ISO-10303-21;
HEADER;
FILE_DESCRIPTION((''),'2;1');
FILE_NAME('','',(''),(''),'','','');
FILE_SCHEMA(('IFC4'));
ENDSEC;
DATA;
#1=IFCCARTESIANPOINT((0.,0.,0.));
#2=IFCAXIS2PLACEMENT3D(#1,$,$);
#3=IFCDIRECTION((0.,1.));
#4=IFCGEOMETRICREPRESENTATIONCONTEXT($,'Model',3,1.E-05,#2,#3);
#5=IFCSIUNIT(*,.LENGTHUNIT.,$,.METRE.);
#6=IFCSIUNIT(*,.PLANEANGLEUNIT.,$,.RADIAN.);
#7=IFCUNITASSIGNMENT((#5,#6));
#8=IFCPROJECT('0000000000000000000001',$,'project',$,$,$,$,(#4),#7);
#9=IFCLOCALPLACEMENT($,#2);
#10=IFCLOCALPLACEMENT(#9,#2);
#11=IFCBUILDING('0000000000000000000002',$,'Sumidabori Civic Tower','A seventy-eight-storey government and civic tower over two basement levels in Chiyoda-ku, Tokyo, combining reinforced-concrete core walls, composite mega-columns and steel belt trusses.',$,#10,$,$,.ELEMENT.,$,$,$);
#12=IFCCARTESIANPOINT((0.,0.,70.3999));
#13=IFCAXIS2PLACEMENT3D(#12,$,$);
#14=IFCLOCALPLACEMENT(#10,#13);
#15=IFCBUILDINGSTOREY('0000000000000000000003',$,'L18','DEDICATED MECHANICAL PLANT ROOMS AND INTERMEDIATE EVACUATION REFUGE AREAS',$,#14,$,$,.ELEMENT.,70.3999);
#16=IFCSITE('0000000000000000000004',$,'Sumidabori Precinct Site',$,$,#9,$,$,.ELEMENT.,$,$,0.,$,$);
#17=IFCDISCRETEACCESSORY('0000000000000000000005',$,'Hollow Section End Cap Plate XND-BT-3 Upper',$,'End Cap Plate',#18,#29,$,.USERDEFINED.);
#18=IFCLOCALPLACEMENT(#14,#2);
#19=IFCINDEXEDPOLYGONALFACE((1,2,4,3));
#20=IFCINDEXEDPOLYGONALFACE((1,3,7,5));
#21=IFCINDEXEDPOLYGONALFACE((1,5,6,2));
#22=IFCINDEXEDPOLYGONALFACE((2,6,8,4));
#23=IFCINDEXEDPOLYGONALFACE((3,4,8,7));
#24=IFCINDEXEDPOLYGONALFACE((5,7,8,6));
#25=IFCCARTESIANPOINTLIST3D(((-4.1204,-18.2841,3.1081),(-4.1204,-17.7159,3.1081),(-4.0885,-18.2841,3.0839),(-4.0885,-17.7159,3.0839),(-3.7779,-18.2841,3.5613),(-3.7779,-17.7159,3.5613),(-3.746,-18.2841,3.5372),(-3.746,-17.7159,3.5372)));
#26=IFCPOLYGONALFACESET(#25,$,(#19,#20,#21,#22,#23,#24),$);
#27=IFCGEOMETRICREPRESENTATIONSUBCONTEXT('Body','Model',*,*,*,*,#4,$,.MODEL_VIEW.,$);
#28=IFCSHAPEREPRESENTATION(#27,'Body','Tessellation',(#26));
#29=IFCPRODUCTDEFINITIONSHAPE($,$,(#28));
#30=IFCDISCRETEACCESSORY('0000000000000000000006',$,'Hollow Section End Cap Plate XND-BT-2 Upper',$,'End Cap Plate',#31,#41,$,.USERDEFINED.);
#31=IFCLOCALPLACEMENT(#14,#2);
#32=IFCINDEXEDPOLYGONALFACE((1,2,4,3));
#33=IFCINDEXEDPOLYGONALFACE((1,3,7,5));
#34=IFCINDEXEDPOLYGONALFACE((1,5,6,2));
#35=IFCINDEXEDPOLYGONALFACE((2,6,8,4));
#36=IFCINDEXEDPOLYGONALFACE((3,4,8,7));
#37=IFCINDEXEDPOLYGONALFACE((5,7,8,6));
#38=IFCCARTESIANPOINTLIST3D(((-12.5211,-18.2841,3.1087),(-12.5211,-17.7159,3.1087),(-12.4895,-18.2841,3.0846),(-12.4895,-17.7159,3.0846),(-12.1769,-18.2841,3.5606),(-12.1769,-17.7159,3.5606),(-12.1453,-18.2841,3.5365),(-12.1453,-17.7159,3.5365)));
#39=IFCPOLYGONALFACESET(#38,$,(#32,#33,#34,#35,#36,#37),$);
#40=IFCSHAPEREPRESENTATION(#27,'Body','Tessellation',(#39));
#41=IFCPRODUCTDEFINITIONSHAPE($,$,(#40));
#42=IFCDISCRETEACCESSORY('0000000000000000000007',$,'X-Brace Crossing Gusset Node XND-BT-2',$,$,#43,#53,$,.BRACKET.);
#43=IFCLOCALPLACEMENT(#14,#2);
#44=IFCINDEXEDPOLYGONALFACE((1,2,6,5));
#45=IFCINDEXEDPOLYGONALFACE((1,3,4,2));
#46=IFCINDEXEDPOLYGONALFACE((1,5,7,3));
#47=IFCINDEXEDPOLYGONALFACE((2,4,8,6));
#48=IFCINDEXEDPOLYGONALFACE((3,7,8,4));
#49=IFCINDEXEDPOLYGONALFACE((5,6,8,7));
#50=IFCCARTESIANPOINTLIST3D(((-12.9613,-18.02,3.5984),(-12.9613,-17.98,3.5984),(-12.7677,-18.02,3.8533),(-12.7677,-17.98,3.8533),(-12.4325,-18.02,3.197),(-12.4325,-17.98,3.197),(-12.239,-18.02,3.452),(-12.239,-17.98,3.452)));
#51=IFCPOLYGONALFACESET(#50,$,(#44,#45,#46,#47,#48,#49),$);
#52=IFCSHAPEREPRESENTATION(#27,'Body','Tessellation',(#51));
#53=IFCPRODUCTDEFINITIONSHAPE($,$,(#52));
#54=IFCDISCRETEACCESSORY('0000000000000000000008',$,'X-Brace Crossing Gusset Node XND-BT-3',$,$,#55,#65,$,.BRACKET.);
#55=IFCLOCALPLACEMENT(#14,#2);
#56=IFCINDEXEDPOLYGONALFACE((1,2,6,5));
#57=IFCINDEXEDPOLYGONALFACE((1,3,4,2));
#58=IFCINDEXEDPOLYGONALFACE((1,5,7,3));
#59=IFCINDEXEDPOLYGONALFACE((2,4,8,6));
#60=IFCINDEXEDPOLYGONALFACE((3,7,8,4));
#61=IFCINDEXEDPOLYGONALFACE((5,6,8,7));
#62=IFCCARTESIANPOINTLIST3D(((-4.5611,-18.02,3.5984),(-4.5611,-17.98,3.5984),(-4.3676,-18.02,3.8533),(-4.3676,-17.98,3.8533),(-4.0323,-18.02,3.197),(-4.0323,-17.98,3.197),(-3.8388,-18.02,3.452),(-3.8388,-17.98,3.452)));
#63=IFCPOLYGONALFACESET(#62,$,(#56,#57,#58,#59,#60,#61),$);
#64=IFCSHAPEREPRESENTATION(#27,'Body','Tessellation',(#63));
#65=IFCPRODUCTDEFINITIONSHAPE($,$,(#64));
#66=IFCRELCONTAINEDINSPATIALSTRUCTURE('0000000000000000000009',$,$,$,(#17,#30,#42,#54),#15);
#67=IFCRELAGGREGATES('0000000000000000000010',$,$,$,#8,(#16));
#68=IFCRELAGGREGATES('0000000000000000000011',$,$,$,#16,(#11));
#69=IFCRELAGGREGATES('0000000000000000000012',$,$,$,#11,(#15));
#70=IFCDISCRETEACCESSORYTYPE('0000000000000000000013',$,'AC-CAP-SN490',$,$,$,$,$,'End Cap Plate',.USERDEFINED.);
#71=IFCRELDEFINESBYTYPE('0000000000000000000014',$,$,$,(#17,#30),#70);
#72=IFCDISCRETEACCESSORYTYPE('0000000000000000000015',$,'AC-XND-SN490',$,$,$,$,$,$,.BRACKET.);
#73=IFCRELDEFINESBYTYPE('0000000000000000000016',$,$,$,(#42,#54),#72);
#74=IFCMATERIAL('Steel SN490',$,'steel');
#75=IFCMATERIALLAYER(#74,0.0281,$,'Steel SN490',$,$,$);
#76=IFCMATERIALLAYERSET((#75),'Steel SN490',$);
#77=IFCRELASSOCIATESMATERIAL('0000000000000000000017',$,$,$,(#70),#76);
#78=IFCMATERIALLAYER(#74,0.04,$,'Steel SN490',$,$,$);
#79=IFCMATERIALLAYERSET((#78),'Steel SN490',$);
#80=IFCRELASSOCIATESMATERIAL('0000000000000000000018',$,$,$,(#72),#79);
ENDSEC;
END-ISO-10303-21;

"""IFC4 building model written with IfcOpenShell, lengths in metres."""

from ifc_helpers import new_model, si_unit, direction, frame, origin, origin_2d, place, context, subcontext, project, spatial, rectangle, extrude, source, transform, mapped, material, layer, layer_set, type_object, element, save


model = new_model("IFC4")

# Units and contexts
model_context = context("Model", 3, precision=1e-05, world=origin(), true_north=direction((0.0, 1.0)))
body_context = subcontext(model_context, "Body", "Model", "MODEL_VIEW")
ifc_project = project(units=[si_unit("LENGTHUNIT", "METRE"), si_unit("PLANEANGLEUNIT", "RADIAN")], contexts=[model_context])

# Site, building, storey
site_placement = place(None, origin())
site = spatial("IfcSite", under=ifc_project, at=site_placement, Name="Sumidabori Precinct Site", CompositionType="ELEMENT", RefElevation=0.0)
building_placement = place(site_placement, origin())
building = spatial("IfcBuilding", under=site, at=building_placement, Name="Sumidabori Civic Tower", Description="A seventy-eight-storey government and civic tower over two basement levels in Chiyoda-ku, Tokyo, combining reinforced-concrete core walls, composite mega-columns and steel belt trusses.", CompositionType="ELEMENT")
storey_placement = place(building_placement, frame((0.0, 0.0, 70.3999)))
storey = spatial("IfcBuildingStorey", under=building, at=storey_placement, Name="L18", Description="DEDICATED MECHANICAL PLANT ROOMS AND INTERMEDIATE EVACUATION REFUGE AREAS", CompositionType="ELEMENT", Elevation=70.3999)

# Shared definitions
ifc_material_1 = material(Name="Steel SN490", Category="steel")

# Discrete accessories
ifc_layer_1 = layer(ifc_material_1, 0.0281, Name="Steel SN490")
ifc_layer_set_1 = layer_set([ifc_layer_1], Name="Steel SN490")
discrete_accessory_type_1 = type_object("IfcDiscreteAccessoryType", Name="AC-CAP-SN490", ElementType="End Cap Plate", PredefinedType="USERDEFINED", material=ifc_layer_set_1)
shared_shape_1 = source(origin(), body_context, "Body", "SweptSolid", [
    extrude(rectangle(XDim=0.5681, YDim=0.5681, at=origin_2d()), origin(), (0.0, 0.0, 1.0), 0.04),
])
for number, where, z_axis, x_axis, name in (
    (1, (-3.9172, -18.0, 3.3105), (-0.797802, 0.0, 0.602919), (0.0, -1.0, 0.0), "Hollow Section End Cap Plate XND-BT-3 Upper"),
):
    element("IfcDiscreteAccessory", number, at=place(storey_placement, frame(where, z_axis=z_axis, x_axis=x_axis)), inside=storey, type_object=discrete_accessory_type_1, Name=name, ObjectType="End Cap Plate", PredefinedType="USERDEFINED", context=body_context, shape_type="MappedRepresentation", body=[
        mapped(shared_shape_1, transform((0.0, 0.0, 0.0), x_axis=(1.0, 0.0, 0.0), y_axis=(0.0, 1.0, 0.0), z_axis=(0.0, 0.0, 1.0), scale=1.0)),
    ])
shared_shape_2 = source(origin(), body_context, "Body", "SweptSolid", [
    extrude(rectangle(XDim=0.5681, YDim=0.5681, at=origin_2d()), origin(), (0.0, 0.0, 1.0), 0.0398),
])
discrete_accessory_placement = place(storey_placement, frame((-12.3174, -18.0, 3.3105), z_axis=(-0.795572, 0.0, 0.605859), x_axis=(0.0, -1.0, 0.0)))
element("IfcDiscreteAccessory", 2, at=discrete_accessory_placement, inside=storey, type_object=discrete_accessory_type_1, Name="Hollow Section End Cap Plate XND-BT-2 Upper", ObjectType="End Cap Plate", PredefinedType="USERDEFINED", context=body_context, shape_type="MappedRepresentation", body=[
    mapped(shared_shape_2, transform((0.0, 0.0, 0.0), x_axis=(1.0, 0.0, 0.0), y_axis=(0.0, 1.0, 0.0), z_axis=(0.0, 0.0, 1.0), scale=1.0)),
])
ifc_layer_2 = layer(ifc_material_1, 0.04, Name="Steel SN490")
ifc_layer_set_2 = layer_set([ifc_layer_2], Name="Steel SN490")
discrete_accessory_type_2 = type_object("IfcDiscreteAccessoryType", Name="AC-XND-SN490", PredefinedType="BRACKET", material=ifc_layer_set_2)
shared_shape_3 = source(origin(), body_context, "Body", "SweptSolid", [
    extrude(rectangle(XDim=0.04, YDim=0.3201, at=origin_2d()), origin(), (0.0, 0.0, 1.0), 0.6638),
])
for number, where, z_axis, x_axis, name in (
    (3, (-12.8645, -18.0, 3.7258), (0.796545, 0.0, -0.60458), (0.0, 1.0, 0.0), "X-Brace Crossing Gusset Node XND-BT-2"),
    (4, (-4.4644, -18.0, 3.7258), (0.796545, 0.0, -0.60458), (0.0, 1.0, 0.0), "X-Brace Crossing Gusset Node XND-BT-3"),
):
    element("IfcDiscreteAccessory", number, at=place(storey_placement, frame(where, z_axis=z_axis, x_axis=x_axis)), inside=storey, type_object=discrete_accessory_type_2, Name=name, PredefinedType="BRACKET", context=body_context, shape_type="MappedRepresentation", body=[
        mapped(shared_shape_3, transform((0.0, 0.0, 0.0), x_axis=(1.0, 0.0, 0.0), y_axis=(0.0, 1.0, 0.0), z_axis=(0.0, 0.0, 1.0), scale=1.0)),
    ])

save(model, "model.ifc")
